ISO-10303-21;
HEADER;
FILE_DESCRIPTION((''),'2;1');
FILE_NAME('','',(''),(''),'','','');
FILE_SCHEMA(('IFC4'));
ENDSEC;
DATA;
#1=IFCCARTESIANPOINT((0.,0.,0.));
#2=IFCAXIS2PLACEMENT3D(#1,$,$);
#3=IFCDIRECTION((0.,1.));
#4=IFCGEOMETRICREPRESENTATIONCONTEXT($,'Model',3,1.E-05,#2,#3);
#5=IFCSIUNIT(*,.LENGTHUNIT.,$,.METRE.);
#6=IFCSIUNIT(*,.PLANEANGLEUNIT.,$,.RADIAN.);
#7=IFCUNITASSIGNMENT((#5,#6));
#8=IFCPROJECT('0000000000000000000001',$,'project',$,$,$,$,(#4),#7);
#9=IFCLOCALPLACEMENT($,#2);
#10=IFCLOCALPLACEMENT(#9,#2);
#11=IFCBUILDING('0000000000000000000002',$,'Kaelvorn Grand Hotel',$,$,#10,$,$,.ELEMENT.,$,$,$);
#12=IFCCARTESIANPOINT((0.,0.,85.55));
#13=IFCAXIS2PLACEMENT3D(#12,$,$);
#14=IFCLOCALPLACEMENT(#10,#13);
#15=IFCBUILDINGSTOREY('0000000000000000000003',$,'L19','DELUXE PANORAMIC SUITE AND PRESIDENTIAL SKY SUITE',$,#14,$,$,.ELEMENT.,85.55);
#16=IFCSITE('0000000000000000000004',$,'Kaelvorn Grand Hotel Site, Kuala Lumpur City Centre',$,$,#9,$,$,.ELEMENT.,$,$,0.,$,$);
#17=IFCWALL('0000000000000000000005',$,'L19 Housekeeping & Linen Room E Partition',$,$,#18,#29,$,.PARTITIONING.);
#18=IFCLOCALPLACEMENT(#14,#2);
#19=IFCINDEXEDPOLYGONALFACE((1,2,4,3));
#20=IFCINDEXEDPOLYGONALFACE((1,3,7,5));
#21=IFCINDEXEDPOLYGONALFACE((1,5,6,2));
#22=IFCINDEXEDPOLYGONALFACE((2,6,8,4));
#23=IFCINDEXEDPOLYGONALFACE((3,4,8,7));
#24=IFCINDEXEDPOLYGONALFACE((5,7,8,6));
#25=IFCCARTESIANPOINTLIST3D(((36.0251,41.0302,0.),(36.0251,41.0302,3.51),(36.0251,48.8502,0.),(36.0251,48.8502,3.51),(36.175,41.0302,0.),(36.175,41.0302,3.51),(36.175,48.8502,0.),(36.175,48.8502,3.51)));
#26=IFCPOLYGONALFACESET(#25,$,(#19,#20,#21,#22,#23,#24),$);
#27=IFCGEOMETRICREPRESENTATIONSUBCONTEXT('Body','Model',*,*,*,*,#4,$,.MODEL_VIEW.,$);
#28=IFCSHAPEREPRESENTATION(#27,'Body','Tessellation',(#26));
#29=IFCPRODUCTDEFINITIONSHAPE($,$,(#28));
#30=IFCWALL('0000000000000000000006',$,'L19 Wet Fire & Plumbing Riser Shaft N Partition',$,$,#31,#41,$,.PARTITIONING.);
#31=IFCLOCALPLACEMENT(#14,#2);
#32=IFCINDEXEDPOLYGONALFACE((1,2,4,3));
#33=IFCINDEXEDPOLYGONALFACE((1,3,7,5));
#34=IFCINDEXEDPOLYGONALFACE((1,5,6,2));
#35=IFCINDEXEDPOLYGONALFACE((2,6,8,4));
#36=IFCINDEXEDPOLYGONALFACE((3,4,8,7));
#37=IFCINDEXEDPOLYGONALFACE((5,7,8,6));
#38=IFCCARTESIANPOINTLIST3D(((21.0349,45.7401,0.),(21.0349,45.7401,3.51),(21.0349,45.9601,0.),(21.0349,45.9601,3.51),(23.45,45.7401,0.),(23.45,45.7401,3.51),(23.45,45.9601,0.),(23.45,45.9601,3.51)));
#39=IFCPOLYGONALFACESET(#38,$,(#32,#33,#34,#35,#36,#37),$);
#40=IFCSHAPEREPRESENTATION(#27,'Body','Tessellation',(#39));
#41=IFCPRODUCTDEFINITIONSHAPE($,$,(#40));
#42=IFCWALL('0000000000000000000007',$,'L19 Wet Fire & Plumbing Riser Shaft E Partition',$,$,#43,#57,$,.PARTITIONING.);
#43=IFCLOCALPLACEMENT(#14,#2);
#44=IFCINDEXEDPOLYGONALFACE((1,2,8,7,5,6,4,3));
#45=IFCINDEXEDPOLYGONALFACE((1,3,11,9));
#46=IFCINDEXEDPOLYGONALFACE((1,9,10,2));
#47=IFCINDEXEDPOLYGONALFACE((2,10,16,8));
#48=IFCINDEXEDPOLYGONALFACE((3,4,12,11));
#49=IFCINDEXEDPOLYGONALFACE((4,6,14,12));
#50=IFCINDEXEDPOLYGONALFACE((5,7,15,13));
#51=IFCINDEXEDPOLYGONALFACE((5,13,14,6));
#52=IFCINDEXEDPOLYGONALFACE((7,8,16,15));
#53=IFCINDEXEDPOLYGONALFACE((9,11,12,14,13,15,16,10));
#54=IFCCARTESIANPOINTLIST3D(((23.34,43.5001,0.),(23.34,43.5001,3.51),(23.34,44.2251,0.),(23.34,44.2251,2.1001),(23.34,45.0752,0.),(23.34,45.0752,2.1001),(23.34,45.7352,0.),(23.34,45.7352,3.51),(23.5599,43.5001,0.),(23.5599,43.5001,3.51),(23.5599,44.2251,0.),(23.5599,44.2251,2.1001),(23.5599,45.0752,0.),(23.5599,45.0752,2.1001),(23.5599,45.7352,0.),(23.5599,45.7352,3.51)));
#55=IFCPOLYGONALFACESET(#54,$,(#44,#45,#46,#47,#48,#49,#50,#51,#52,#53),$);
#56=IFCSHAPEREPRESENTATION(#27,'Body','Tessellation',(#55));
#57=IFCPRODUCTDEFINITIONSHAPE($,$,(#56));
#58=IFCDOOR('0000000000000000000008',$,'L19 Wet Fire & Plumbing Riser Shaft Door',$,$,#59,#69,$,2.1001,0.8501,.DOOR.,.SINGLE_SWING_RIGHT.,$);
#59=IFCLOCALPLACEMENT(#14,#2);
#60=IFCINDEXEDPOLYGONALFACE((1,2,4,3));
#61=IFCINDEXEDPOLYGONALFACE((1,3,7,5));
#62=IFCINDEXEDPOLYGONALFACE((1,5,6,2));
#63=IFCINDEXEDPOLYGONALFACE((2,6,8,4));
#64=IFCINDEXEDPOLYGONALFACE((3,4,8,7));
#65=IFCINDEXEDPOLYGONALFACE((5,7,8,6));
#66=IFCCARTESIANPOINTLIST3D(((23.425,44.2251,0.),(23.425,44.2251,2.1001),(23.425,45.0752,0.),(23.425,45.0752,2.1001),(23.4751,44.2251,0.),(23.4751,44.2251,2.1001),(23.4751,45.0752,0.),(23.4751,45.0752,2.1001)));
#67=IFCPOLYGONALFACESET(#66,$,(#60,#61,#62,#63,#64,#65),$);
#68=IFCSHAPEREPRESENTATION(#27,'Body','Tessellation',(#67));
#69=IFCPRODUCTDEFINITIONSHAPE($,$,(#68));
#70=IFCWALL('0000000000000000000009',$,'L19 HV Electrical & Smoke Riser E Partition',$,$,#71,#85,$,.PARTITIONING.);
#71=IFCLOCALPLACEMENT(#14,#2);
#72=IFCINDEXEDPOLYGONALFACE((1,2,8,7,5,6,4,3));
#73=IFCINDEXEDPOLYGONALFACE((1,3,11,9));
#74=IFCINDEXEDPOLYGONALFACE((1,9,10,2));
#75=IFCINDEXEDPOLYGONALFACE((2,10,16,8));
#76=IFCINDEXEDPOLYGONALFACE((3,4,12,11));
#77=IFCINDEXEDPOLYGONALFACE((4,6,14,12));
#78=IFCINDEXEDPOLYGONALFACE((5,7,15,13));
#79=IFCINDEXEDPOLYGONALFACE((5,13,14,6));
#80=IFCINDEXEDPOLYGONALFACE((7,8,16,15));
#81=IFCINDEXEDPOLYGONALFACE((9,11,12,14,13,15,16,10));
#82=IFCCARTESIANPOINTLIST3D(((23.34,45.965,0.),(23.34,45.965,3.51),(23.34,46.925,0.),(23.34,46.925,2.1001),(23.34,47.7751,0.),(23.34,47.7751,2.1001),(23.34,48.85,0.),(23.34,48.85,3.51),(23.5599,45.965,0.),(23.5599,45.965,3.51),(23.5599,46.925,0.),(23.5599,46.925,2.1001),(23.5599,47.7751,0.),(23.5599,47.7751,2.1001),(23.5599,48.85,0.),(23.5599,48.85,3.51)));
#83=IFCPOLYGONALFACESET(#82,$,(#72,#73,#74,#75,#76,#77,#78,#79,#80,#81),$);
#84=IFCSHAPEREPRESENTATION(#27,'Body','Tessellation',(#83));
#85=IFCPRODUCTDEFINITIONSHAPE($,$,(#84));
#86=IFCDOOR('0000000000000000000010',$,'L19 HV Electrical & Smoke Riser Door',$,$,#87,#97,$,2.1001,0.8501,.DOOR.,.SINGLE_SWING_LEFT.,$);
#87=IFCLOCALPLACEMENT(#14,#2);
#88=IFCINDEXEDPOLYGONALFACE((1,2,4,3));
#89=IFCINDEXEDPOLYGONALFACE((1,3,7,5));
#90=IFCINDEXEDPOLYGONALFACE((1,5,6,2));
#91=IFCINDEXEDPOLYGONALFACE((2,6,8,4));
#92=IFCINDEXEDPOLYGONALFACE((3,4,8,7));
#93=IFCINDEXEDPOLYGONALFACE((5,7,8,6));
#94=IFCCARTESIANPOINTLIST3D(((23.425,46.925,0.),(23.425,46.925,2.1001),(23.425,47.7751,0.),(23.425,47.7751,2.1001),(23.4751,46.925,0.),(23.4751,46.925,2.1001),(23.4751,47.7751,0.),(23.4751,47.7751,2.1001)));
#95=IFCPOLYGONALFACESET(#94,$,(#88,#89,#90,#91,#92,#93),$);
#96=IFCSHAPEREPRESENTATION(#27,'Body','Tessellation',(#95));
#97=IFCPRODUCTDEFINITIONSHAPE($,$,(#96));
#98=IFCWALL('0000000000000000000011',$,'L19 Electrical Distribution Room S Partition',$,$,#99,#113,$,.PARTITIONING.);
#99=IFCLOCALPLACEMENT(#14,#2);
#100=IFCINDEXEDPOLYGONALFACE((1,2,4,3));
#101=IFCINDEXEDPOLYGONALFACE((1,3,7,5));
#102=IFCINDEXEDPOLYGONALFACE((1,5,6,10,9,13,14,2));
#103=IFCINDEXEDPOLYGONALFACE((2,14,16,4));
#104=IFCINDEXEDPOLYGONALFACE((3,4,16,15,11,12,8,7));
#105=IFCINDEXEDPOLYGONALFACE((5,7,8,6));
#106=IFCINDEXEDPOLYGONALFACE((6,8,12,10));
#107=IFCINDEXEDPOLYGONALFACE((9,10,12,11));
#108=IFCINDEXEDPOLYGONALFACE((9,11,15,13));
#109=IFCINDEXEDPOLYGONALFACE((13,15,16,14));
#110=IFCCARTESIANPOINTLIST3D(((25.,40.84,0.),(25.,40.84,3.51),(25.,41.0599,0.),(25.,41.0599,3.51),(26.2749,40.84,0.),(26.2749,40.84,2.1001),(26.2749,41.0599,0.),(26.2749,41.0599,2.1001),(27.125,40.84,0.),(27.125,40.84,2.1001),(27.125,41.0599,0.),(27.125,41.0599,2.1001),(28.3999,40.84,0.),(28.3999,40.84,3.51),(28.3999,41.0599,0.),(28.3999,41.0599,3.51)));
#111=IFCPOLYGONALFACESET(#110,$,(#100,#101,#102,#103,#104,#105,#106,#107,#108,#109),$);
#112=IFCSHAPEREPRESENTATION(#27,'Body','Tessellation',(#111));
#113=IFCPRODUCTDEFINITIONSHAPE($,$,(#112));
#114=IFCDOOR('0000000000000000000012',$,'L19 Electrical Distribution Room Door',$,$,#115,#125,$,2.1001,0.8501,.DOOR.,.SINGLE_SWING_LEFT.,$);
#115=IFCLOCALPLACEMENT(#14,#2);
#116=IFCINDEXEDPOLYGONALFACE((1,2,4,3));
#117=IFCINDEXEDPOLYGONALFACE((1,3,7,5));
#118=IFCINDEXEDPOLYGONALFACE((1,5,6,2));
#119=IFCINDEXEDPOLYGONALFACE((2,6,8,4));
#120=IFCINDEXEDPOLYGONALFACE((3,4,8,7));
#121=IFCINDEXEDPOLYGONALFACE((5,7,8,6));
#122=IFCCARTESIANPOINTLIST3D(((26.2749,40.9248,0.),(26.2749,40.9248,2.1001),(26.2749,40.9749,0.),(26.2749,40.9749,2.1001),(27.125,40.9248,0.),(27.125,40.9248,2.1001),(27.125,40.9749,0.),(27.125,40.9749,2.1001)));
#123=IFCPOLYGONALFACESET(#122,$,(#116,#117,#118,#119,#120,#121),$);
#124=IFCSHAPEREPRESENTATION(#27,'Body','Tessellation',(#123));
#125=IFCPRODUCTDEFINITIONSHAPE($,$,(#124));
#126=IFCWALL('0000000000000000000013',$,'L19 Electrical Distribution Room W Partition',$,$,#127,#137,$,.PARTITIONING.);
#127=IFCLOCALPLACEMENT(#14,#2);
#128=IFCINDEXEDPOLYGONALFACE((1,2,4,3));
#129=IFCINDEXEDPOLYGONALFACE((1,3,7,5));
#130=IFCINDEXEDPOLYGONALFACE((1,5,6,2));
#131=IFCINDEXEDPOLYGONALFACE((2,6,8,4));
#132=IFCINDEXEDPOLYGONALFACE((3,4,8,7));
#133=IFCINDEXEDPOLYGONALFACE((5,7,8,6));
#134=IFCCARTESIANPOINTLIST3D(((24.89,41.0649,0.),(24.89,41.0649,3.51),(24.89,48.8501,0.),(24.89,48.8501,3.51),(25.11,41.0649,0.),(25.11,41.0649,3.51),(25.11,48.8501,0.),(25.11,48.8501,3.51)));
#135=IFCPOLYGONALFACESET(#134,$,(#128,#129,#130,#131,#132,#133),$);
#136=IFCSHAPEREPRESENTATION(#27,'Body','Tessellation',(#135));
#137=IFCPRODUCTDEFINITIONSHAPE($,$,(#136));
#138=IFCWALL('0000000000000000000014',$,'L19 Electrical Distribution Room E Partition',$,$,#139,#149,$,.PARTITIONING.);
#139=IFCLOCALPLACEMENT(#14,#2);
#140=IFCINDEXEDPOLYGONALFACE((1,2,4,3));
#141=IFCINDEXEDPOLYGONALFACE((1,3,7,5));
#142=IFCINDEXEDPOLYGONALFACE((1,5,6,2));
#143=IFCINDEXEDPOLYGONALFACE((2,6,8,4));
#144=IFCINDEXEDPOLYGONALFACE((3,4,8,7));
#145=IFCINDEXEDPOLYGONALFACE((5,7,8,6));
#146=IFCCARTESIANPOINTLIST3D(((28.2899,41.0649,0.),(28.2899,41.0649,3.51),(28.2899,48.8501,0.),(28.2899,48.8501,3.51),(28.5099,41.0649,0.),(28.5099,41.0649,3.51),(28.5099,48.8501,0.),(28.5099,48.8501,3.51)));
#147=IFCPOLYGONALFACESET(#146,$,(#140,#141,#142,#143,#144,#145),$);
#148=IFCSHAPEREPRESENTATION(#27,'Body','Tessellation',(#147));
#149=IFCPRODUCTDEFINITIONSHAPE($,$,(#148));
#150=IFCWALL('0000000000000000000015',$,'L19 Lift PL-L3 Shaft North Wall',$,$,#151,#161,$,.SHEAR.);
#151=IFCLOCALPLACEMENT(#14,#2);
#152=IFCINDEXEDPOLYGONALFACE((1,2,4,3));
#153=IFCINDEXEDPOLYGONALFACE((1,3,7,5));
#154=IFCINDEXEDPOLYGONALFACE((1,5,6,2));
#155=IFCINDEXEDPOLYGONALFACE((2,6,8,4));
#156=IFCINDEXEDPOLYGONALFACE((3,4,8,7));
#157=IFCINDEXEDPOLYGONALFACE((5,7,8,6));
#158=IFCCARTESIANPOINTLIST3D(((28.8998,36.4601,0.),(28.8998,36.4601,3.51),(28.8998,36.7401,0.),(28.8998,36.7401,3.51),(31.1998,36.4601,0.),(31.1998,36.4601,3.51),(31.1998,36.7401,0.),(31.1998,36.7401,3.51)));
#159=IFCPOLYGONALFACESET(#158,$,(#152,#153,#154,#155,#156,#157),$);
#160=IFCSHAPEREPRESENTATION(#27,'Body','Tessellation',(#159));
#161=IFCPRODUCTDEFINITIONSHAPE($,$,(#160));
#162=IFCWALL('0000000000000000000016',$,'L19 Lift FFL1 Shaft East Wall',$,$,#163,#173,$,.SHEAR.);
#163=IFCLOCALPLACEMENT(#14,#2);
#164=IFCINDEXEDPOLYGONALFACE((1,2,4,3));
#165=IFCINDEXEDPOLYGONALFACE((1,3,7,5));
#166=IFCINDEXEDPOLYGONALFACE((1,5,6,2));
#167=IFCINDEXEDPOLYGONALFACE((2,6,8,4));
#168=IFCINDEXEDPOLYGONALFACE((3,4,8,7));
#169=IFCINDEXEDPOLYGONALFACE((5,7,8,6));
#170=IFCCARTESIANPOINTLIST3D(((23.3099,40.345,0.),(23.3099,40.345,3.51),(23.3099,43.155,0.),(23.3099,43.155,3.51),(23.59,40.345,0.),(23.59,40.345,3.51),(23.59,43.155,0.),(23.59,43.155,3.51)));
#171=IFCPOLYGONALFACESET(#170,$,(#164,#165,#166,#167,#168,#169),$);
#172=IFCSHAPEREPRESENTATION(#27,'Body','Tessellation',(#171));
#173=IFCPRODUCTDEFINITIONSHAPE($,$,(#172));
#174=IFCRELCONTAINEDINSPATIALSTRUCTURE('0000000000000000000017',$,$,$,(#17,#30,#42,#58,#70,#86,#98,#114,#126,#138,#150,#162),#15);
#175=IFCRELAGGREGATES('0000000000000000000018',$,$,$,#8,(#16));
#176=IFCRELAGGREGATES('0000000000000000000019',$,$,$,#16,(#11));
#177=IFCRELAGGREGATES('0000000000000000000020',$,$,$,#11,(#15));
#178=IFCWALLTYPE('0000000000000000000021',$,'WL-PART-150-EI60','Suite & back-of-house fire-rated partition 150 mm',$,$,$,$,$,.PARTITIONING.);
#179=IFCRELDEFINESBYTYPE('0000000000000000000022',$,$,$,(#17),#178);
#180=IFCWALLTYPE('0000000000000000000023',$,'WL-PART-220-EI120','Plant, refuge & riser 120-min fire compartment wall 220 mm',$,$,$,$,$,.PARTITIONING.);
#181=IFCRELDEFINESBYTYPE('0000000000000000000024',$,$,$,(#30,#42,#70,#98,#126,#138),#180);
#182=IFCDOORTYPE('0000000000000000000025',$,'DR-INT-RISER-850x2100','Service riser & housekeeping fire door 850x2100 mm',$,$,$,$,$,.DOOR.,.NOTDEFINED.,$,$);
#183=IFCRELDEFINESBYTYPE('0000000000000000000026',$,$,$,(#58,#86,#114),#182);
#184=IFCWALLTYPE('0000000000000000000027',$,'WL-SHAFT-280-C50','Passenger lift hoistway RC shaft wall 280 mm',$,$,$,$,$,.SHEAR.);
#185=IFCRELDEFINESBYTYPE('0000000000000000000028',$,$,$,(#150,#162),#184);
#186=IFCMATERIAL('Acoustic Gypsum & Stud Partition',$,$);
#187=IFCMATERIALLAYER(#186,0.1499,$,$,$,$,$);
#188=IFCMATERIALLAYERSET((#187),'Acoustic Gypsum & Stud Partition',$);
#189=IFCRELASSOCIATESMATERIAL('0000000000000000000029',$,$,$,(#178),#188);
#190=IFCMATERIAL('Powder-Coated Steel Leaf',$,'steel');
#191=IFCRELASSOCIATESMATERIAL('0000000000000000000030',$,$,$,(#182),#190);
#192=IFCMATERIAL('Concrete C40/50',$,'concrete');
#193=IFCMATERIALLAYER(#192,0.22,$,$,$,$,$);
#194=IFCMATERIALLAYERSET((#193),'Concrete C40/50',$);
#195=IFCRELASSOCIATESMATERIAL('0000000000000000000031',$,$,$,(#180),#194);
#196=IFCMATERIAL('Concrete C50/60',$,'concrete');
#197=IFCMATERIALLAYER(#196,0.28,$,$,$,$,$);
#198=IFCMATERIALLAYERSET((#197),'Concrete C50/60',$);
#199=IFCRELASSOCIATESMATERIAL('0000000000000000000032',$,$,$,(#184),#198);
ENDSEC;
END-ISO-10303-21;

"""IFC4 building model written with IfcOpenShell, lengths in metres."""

from ifc_helpers import new_model, si_unit, direction, frame, frame_2d, origin, place, context, subcontext, project, spatial, rectangle, extrude, material, layer, layer_set, type_object, element, fill, save


model = new_model("IFC4")

# Units and contexts
model_context = context("Model", 3, precision=1e-05, world=origin(), true_north=direction((0.0, 1.0)))
body_context = subcontext(model_context, "Body", "Model", "MODEL_VIEW")
ifc_project = project(units=[si_unit("LENGTHUNIT", "METRE"), si_unit("PLANEANGLEUNIT", "RADIAN")], contexts=[model_context])

# Site, building, storey
site_placement = place(None, origin())
site = spatial("IfcSite", under=ifc_project, at=site_placement, Name="Kaelvorn Grand Hotel Site, Kuala Lumpur City Centre", CompositionType="ELEMENT", RefElevation=0.0)
building_placement = place(site_placement, origin())
building = spatial("IfcBuilding", under=site, at=building_placement, Name="Kaelvorn Grand Hotel", CompositionType="ELEMENT")
storey_placement = place(building_placement, frame((0.0, 0.0, 85.55)))
storey = spatial("IfcBuildingStorey", under=building, at=storey_placement, Name="L19", Description="DELUXE PANORAMIC SUITE AND PRESIDENTIAL SKY SUITE", CompositionType="ELEMENT", Elevation=85.55)

# Shared definitions
ifc_material_1 = material(Name="Acoustic Gypsum & Stud Partition")
ifc_layer_1 = layer(ifc_material_1, 0.1499)
ifc_layer_set_1 = layer_set([ifc_layer_1], Name="Acoustic Gypsum & Stud Partition")
wall_type_1 = type_object("IfcWallType", Name="WL-PART-150-EI60", Description="Suite & back-of-house fire-rated partition 150 mm", PredefinedType="PARTITIONING", material=ifc_layer_set_1)

# Shared definitions
ifc_material_2 = material(Name="Powder-Coated Steel Leaf", Category="steel")
door_type_1 = type_object("IfcDoorType", Name="DR-INT-RISER-850x2100", Description="Service riser & housekeeping fire door 850x2100 mm", OperationType="NOTDEFINED", PredefinedType="DOOR", material=ifc_material_2)

# Walls
wall_1_placement = place(storey_placement, frame((36.1001, 41.03, 0.0), z_axis=(0.0, 0.0, 1.0), x_axis=(0.0, 1.0, 0.0)))
element("IfcWall", 1, at=wall_1_placement, inside=storey, type_object=wall_type_1, Name="L19 Housekeeping & Linen Room E Partition", PredefinedType="PARTITIONING", context=body_context, shape_type="SweptSolid", body=[
    extrude(rectangle(XDim=7.8201, YDim=0.1499, at=frame_2d((3.9102, 0.0))), origin(), (0.0, 0.0, 1.0), 3.51),
])
ifc_material_3 = material(Name="Concrete C40/50", Category="concrete")
ifc_layer_2 = layer(ifc_material_3, 0.22)
ifc_layer_set_2 = layer_set([ifc_layer_2], Name="Concrete C40/50")
wall_type_2 = type_object("IfcWallType", Name="WL-PART-220-EI120", Description="Plant, refuge & riser 120-min fire compartment wall 220 mm", PredefinedType="PARTITIONING", material=ifc_layer_set_2)
wall_2_placement = place(storey_placement, frame((21.0349, 45.8501, 0.0), z_axis=(0.0, 0.0, 1.0), x_axis=(1.0, 0.0, 0.0)))
element("IfcWall", 2, at=wall_2_placement, inside=storey, type_object=wall_type_2, Name="L19 Wet Fire & Plumbing Riser Shaft N Partition", PredefinedType="PARTITIONING", context=body_context, shape_type="SweptSolid", body=[
    extrude(rectangle(XDim=2.415, YDim=0.22, at=frame_2d((1.2075, 0.0))), origin(), (0.0, 0.0, 1.0), 3.51),
])

# Walls, openings, doors
wall_3_placement = place(storey_placement, frame((23.45, 43.5, 0.0), z_axis=(0.0, 0.0, 1.0), x_axis=(0.0, 1.0, 0.0)))
wall_3 = element("IfcWall", 3, at=wall_3_placement, inside=storey, type_object=wall_type_2, Name="L19 Wet Fire & Plumbing Riser Shaft E Partition", PredefinedType="PARTITIONING", context=body_context, shape_type="SweptSolid", body=[
    extrude(rectangle(XDim=2.2351, YDim=0.22, at=frame_2d((1.1177, 0.0))), origin(), (0.0, 0.0, 1.0), 3.51),
])
opening_1_placement = place(wall_3_placement, frame((0.7251, 0.0, 0.0)))
opening_1 = element("IfcOpeningElement", 4, at=opening_1_placement, cuts=wall_3, PredefinedType="OPENING", context=body_context, shape_type="SweptSolid", body=[
    extrude(rectangle(XDim=0.8501, YDim=2.1001, at=frame_2d((0.425, 1.05))), frame((0.0, 0.1201, 0.0), z_axis=(0.0, -1.0, 0.0), x_axis=(1.0, 0.0, 0.0)), (0.0, 0.0, 1.0), 0.24),
])
door_1_placement = place(opening_1_placement, origin())
door_1 = element("IfcDoor", 5, at=door_1_placement, inside=storey, type_object=door_type_1, Name="L19 Wet Fire & Plumbing Riser Shaft Door", OperationType="SINGLE_SWING_RIGHT", OverallHeight=2.1001, OverallWidth=0.8501, PredefinedType="DOOR", context=body_context, shape_type="SweptSolid", body=[
    extrude(rectangle(XDim=0.8501, YDim=2.1001, at=frame_2d((0.425, 1.05))), frame((0.0, 0.0249, 0.0), z_axis=(0.0, -1.0, 0.0), x_axis=(1.0, 0.0, 0.0)), (0.0, 0.0, 1.0), 0.05),
])
fill(opening_1, door_1)
wall_4_placement = place(storey_placement, frame((23.45, 45.9651, 0.0), z_axis=(0.0, 0.0, 1.0), x_axis=(0.0, 1.0, 0.0)))
wall_4 = element("IfcWall", 6, at=wall_4_placement, inside=storey, type_object=wall_type_2, Name="L19 HV Electrical & Smoke Riser E Partition", PredefinedType="PARTITIONING", context=body_context, shape_type="SweptSolid", body=[
    extrude(rectangle(XDim=2.885, YDim=0.22, at=frame_2d((1.4424, 0.0))), origin(), (0.0, 0.0, 1.0), 3.51),
])
opening_2_placement = place(wall_4_placement, frame((0.96, 0.0, 0.0)))
opening_2 = element("IfcOpeningElement", 7, at=opening_2_placement, cuts=wall_4, PredefinedType="OPENING", context=body_context, shape_type="SweptSolid", body=[
    extrude(rectangle(XDim=0.8501, YDim=2.1001, at=frame_2d((0.425, 1.05))), frame((0.0, 0.1201, 0.0), z_axis=(0.0, -1.0, 0.0), x_axis=(1.0, 0.0, 0.0)), (0.0, 0.0, 1.0), 0.24),
])
door_2_placement = place(opening_2_placement, origin())
door_2 = element("IfcDoor", 8, at=door_2_placement, inside=storey, type_object=door_type_1, Name="L19 HV Electrical & Smoke Riser Door", OperationType="SINGLE_SWING_LEFT", OverallHeight=2.1001, OverallWidth=0.8501, PredefinedType="DOOR", context=body_context, shape_type="SweptSolid", body=[
    extrude(rectangle(XDim=0.8501, YDim=2.1001, at=frame_2d((0.425, 1.05))), frame((0.0, 0.0249, 0.0), z_axis=(0.0, -1.0, 0.0), x_axis=(1.0, 0.0, 0.0)), (0.0, 0.0, 1.0), 0.05),
])
fill(opening_2, door_2)
wall_5_placement = place(storey_placement, frame((25.0, 40.95, 0.0), z_axis=(0.0, 0.0, 1.0), x_axis=(1.0, 0.0, 0.0)))
wall_5 = element("IfcWall", 9, at=wall_5_placement, inside=storey, type_object=wall_type_2, Name="L19 Electrical Distribution Room S Partition", PredefinedType="PARTITIONING", context=body_context, shape_type="SweptSolid", body=[
    extrude(rectangle(XDim=3.3999, YDim=0.22, at=frame_2d((1.7, 0.0))), origin(), (0.0, 0.0, 1.0), 3.51),
])
opening_3_placement = place(wall_5_placement, frame((1.2749, 0.0, 0.0)))
opening_3 = element("IfcOpeningElement", 10, at=opening_3_placement, cuts=wall_5, PredefinedType="OPENING", context=body_context, shape_type="SweptSolid", body=[
    extrude(rectangle(XDim=0.8501, YDim=2.1001, at=frame_2d((0.425, 1.05))), frame((0.0, 0.1201, 0.0), z_axis=(0.0, -1.0, 0.0), x_axis=(1.0, 0.0, 0.0)), (0.0, 0.0, 1.0), 0.24),
])
door_3_placement = place(opening_3_placement, origin())
door_3 = element("IfcDoor", 11, at=door_3_placement, inside=storey, type_object=door_type_1, Name="L19 Electrical Distribution Room Door", OperationType="SINGLE_SWING_LEFT", OverallHeight=2.1001, OverallWidth=0.8501, PredefinedType="DOOR", context=body_context, shape_type="SweptSolid", body=[
    extrude(rectangle(XDim=0.8501, YDim=2.1001, at=frame_2d((0.425, 1.05))), frame((0.0, 0.0249, 0.0), z_axis=(0.0, -1.0, 0.0), x_axis=(1.0, 0.0, 0.0)), (0.0, 0.0, 1.0), 0.05),
])
fill(opening_3, door_3)

# Walls
for number, where, z_axis, x_axis, name in (
    (12, (25.0, 41.0649, 0.0), (0.0, 0.0, 1.0), (0.0, 1.0, 0.0), "L19 Electrical Distribution Room W Partition"),
    (13, (28.3999, 41.0649, 0.0), (0.0, 0.0, 1.0), (0.0, 1.0, 0.0), "L19 Electrical Distribution Room E Partition"),
):
    element("IfcWall", number, at=place(storey_placement, frame(where, z_axis=z_axis, x_axis=x_axis)), inside=storey, type_object=wall_type_2, Name=name, PredefinedType="PARTITIONING", context=body_context, shape_type="SweptSolid", body=[
        extrude(rectangle(XDim=7.7852, YDim=0.22, at=frame_2d((3.8926, 0.0))), origin(), (0.0, 0.0, 1.0), 3.51),
    ])
ifc_material_4 = material(Name="Concrete C50/60", Category="concrete")
ifc_layer_3 = layer(ifc_material_4, 0.28)
ifc_layer_set_3 = layer_set([ifc_layer_3], Name="Concrete C50/60")
wall_type_3 = type_object("IfcWallType", Name="WL-SHAFT-280-C50", Description="Passenger lift hoistway RC shaft wall 280 mm", PredefinedType="SHEAR", material=ifc_layer_set_3)
wall_6_placement = place(storey_placement, frame((28.8999, 36.6001, 0.0), z_axis=(0.0, 0.0, 1.0), x_axis=(1.0, 0.0, 0.0)))
element("IfcWall", 14, at=wall_6_placement, inside=storey, type_object=wall_type_3, Name="L19 Lift PL-L3 Shaft North Wall", PredefinedType="SHEAR", context=body_context, shape_type="SweptSolid", body=[
    extrude(rectangle(XDim=2.3, YDim=0.28, at=frame_2d((1.1499, 0.0))), origin(), (0.0, 0.0, 1.0), 3.51),
])
wall_7_placement = place(storey_placement, frame((23.45, 40.345, 0.0), z_axis=(0.0, 0.0, 1.0), x_axis=(0.0, 1.0, 0.0)))
element("IfcWall", 15, at=wall_7_placement, inside=storey, type_object=wall_type_3, Name="L19 Lift FFL1 Shaft East Wall", PredefinedType="SHEAR", context=body_context, shape_type="SweptSolid", body=[
    extrude(rectangle(XDim=2.8101, YDim=0.28, at=frame_2d((1.405, 0.0))), origin(), (0.0, 0.0, 1.0), 3.51),
])

save(model, "model.ifc")
